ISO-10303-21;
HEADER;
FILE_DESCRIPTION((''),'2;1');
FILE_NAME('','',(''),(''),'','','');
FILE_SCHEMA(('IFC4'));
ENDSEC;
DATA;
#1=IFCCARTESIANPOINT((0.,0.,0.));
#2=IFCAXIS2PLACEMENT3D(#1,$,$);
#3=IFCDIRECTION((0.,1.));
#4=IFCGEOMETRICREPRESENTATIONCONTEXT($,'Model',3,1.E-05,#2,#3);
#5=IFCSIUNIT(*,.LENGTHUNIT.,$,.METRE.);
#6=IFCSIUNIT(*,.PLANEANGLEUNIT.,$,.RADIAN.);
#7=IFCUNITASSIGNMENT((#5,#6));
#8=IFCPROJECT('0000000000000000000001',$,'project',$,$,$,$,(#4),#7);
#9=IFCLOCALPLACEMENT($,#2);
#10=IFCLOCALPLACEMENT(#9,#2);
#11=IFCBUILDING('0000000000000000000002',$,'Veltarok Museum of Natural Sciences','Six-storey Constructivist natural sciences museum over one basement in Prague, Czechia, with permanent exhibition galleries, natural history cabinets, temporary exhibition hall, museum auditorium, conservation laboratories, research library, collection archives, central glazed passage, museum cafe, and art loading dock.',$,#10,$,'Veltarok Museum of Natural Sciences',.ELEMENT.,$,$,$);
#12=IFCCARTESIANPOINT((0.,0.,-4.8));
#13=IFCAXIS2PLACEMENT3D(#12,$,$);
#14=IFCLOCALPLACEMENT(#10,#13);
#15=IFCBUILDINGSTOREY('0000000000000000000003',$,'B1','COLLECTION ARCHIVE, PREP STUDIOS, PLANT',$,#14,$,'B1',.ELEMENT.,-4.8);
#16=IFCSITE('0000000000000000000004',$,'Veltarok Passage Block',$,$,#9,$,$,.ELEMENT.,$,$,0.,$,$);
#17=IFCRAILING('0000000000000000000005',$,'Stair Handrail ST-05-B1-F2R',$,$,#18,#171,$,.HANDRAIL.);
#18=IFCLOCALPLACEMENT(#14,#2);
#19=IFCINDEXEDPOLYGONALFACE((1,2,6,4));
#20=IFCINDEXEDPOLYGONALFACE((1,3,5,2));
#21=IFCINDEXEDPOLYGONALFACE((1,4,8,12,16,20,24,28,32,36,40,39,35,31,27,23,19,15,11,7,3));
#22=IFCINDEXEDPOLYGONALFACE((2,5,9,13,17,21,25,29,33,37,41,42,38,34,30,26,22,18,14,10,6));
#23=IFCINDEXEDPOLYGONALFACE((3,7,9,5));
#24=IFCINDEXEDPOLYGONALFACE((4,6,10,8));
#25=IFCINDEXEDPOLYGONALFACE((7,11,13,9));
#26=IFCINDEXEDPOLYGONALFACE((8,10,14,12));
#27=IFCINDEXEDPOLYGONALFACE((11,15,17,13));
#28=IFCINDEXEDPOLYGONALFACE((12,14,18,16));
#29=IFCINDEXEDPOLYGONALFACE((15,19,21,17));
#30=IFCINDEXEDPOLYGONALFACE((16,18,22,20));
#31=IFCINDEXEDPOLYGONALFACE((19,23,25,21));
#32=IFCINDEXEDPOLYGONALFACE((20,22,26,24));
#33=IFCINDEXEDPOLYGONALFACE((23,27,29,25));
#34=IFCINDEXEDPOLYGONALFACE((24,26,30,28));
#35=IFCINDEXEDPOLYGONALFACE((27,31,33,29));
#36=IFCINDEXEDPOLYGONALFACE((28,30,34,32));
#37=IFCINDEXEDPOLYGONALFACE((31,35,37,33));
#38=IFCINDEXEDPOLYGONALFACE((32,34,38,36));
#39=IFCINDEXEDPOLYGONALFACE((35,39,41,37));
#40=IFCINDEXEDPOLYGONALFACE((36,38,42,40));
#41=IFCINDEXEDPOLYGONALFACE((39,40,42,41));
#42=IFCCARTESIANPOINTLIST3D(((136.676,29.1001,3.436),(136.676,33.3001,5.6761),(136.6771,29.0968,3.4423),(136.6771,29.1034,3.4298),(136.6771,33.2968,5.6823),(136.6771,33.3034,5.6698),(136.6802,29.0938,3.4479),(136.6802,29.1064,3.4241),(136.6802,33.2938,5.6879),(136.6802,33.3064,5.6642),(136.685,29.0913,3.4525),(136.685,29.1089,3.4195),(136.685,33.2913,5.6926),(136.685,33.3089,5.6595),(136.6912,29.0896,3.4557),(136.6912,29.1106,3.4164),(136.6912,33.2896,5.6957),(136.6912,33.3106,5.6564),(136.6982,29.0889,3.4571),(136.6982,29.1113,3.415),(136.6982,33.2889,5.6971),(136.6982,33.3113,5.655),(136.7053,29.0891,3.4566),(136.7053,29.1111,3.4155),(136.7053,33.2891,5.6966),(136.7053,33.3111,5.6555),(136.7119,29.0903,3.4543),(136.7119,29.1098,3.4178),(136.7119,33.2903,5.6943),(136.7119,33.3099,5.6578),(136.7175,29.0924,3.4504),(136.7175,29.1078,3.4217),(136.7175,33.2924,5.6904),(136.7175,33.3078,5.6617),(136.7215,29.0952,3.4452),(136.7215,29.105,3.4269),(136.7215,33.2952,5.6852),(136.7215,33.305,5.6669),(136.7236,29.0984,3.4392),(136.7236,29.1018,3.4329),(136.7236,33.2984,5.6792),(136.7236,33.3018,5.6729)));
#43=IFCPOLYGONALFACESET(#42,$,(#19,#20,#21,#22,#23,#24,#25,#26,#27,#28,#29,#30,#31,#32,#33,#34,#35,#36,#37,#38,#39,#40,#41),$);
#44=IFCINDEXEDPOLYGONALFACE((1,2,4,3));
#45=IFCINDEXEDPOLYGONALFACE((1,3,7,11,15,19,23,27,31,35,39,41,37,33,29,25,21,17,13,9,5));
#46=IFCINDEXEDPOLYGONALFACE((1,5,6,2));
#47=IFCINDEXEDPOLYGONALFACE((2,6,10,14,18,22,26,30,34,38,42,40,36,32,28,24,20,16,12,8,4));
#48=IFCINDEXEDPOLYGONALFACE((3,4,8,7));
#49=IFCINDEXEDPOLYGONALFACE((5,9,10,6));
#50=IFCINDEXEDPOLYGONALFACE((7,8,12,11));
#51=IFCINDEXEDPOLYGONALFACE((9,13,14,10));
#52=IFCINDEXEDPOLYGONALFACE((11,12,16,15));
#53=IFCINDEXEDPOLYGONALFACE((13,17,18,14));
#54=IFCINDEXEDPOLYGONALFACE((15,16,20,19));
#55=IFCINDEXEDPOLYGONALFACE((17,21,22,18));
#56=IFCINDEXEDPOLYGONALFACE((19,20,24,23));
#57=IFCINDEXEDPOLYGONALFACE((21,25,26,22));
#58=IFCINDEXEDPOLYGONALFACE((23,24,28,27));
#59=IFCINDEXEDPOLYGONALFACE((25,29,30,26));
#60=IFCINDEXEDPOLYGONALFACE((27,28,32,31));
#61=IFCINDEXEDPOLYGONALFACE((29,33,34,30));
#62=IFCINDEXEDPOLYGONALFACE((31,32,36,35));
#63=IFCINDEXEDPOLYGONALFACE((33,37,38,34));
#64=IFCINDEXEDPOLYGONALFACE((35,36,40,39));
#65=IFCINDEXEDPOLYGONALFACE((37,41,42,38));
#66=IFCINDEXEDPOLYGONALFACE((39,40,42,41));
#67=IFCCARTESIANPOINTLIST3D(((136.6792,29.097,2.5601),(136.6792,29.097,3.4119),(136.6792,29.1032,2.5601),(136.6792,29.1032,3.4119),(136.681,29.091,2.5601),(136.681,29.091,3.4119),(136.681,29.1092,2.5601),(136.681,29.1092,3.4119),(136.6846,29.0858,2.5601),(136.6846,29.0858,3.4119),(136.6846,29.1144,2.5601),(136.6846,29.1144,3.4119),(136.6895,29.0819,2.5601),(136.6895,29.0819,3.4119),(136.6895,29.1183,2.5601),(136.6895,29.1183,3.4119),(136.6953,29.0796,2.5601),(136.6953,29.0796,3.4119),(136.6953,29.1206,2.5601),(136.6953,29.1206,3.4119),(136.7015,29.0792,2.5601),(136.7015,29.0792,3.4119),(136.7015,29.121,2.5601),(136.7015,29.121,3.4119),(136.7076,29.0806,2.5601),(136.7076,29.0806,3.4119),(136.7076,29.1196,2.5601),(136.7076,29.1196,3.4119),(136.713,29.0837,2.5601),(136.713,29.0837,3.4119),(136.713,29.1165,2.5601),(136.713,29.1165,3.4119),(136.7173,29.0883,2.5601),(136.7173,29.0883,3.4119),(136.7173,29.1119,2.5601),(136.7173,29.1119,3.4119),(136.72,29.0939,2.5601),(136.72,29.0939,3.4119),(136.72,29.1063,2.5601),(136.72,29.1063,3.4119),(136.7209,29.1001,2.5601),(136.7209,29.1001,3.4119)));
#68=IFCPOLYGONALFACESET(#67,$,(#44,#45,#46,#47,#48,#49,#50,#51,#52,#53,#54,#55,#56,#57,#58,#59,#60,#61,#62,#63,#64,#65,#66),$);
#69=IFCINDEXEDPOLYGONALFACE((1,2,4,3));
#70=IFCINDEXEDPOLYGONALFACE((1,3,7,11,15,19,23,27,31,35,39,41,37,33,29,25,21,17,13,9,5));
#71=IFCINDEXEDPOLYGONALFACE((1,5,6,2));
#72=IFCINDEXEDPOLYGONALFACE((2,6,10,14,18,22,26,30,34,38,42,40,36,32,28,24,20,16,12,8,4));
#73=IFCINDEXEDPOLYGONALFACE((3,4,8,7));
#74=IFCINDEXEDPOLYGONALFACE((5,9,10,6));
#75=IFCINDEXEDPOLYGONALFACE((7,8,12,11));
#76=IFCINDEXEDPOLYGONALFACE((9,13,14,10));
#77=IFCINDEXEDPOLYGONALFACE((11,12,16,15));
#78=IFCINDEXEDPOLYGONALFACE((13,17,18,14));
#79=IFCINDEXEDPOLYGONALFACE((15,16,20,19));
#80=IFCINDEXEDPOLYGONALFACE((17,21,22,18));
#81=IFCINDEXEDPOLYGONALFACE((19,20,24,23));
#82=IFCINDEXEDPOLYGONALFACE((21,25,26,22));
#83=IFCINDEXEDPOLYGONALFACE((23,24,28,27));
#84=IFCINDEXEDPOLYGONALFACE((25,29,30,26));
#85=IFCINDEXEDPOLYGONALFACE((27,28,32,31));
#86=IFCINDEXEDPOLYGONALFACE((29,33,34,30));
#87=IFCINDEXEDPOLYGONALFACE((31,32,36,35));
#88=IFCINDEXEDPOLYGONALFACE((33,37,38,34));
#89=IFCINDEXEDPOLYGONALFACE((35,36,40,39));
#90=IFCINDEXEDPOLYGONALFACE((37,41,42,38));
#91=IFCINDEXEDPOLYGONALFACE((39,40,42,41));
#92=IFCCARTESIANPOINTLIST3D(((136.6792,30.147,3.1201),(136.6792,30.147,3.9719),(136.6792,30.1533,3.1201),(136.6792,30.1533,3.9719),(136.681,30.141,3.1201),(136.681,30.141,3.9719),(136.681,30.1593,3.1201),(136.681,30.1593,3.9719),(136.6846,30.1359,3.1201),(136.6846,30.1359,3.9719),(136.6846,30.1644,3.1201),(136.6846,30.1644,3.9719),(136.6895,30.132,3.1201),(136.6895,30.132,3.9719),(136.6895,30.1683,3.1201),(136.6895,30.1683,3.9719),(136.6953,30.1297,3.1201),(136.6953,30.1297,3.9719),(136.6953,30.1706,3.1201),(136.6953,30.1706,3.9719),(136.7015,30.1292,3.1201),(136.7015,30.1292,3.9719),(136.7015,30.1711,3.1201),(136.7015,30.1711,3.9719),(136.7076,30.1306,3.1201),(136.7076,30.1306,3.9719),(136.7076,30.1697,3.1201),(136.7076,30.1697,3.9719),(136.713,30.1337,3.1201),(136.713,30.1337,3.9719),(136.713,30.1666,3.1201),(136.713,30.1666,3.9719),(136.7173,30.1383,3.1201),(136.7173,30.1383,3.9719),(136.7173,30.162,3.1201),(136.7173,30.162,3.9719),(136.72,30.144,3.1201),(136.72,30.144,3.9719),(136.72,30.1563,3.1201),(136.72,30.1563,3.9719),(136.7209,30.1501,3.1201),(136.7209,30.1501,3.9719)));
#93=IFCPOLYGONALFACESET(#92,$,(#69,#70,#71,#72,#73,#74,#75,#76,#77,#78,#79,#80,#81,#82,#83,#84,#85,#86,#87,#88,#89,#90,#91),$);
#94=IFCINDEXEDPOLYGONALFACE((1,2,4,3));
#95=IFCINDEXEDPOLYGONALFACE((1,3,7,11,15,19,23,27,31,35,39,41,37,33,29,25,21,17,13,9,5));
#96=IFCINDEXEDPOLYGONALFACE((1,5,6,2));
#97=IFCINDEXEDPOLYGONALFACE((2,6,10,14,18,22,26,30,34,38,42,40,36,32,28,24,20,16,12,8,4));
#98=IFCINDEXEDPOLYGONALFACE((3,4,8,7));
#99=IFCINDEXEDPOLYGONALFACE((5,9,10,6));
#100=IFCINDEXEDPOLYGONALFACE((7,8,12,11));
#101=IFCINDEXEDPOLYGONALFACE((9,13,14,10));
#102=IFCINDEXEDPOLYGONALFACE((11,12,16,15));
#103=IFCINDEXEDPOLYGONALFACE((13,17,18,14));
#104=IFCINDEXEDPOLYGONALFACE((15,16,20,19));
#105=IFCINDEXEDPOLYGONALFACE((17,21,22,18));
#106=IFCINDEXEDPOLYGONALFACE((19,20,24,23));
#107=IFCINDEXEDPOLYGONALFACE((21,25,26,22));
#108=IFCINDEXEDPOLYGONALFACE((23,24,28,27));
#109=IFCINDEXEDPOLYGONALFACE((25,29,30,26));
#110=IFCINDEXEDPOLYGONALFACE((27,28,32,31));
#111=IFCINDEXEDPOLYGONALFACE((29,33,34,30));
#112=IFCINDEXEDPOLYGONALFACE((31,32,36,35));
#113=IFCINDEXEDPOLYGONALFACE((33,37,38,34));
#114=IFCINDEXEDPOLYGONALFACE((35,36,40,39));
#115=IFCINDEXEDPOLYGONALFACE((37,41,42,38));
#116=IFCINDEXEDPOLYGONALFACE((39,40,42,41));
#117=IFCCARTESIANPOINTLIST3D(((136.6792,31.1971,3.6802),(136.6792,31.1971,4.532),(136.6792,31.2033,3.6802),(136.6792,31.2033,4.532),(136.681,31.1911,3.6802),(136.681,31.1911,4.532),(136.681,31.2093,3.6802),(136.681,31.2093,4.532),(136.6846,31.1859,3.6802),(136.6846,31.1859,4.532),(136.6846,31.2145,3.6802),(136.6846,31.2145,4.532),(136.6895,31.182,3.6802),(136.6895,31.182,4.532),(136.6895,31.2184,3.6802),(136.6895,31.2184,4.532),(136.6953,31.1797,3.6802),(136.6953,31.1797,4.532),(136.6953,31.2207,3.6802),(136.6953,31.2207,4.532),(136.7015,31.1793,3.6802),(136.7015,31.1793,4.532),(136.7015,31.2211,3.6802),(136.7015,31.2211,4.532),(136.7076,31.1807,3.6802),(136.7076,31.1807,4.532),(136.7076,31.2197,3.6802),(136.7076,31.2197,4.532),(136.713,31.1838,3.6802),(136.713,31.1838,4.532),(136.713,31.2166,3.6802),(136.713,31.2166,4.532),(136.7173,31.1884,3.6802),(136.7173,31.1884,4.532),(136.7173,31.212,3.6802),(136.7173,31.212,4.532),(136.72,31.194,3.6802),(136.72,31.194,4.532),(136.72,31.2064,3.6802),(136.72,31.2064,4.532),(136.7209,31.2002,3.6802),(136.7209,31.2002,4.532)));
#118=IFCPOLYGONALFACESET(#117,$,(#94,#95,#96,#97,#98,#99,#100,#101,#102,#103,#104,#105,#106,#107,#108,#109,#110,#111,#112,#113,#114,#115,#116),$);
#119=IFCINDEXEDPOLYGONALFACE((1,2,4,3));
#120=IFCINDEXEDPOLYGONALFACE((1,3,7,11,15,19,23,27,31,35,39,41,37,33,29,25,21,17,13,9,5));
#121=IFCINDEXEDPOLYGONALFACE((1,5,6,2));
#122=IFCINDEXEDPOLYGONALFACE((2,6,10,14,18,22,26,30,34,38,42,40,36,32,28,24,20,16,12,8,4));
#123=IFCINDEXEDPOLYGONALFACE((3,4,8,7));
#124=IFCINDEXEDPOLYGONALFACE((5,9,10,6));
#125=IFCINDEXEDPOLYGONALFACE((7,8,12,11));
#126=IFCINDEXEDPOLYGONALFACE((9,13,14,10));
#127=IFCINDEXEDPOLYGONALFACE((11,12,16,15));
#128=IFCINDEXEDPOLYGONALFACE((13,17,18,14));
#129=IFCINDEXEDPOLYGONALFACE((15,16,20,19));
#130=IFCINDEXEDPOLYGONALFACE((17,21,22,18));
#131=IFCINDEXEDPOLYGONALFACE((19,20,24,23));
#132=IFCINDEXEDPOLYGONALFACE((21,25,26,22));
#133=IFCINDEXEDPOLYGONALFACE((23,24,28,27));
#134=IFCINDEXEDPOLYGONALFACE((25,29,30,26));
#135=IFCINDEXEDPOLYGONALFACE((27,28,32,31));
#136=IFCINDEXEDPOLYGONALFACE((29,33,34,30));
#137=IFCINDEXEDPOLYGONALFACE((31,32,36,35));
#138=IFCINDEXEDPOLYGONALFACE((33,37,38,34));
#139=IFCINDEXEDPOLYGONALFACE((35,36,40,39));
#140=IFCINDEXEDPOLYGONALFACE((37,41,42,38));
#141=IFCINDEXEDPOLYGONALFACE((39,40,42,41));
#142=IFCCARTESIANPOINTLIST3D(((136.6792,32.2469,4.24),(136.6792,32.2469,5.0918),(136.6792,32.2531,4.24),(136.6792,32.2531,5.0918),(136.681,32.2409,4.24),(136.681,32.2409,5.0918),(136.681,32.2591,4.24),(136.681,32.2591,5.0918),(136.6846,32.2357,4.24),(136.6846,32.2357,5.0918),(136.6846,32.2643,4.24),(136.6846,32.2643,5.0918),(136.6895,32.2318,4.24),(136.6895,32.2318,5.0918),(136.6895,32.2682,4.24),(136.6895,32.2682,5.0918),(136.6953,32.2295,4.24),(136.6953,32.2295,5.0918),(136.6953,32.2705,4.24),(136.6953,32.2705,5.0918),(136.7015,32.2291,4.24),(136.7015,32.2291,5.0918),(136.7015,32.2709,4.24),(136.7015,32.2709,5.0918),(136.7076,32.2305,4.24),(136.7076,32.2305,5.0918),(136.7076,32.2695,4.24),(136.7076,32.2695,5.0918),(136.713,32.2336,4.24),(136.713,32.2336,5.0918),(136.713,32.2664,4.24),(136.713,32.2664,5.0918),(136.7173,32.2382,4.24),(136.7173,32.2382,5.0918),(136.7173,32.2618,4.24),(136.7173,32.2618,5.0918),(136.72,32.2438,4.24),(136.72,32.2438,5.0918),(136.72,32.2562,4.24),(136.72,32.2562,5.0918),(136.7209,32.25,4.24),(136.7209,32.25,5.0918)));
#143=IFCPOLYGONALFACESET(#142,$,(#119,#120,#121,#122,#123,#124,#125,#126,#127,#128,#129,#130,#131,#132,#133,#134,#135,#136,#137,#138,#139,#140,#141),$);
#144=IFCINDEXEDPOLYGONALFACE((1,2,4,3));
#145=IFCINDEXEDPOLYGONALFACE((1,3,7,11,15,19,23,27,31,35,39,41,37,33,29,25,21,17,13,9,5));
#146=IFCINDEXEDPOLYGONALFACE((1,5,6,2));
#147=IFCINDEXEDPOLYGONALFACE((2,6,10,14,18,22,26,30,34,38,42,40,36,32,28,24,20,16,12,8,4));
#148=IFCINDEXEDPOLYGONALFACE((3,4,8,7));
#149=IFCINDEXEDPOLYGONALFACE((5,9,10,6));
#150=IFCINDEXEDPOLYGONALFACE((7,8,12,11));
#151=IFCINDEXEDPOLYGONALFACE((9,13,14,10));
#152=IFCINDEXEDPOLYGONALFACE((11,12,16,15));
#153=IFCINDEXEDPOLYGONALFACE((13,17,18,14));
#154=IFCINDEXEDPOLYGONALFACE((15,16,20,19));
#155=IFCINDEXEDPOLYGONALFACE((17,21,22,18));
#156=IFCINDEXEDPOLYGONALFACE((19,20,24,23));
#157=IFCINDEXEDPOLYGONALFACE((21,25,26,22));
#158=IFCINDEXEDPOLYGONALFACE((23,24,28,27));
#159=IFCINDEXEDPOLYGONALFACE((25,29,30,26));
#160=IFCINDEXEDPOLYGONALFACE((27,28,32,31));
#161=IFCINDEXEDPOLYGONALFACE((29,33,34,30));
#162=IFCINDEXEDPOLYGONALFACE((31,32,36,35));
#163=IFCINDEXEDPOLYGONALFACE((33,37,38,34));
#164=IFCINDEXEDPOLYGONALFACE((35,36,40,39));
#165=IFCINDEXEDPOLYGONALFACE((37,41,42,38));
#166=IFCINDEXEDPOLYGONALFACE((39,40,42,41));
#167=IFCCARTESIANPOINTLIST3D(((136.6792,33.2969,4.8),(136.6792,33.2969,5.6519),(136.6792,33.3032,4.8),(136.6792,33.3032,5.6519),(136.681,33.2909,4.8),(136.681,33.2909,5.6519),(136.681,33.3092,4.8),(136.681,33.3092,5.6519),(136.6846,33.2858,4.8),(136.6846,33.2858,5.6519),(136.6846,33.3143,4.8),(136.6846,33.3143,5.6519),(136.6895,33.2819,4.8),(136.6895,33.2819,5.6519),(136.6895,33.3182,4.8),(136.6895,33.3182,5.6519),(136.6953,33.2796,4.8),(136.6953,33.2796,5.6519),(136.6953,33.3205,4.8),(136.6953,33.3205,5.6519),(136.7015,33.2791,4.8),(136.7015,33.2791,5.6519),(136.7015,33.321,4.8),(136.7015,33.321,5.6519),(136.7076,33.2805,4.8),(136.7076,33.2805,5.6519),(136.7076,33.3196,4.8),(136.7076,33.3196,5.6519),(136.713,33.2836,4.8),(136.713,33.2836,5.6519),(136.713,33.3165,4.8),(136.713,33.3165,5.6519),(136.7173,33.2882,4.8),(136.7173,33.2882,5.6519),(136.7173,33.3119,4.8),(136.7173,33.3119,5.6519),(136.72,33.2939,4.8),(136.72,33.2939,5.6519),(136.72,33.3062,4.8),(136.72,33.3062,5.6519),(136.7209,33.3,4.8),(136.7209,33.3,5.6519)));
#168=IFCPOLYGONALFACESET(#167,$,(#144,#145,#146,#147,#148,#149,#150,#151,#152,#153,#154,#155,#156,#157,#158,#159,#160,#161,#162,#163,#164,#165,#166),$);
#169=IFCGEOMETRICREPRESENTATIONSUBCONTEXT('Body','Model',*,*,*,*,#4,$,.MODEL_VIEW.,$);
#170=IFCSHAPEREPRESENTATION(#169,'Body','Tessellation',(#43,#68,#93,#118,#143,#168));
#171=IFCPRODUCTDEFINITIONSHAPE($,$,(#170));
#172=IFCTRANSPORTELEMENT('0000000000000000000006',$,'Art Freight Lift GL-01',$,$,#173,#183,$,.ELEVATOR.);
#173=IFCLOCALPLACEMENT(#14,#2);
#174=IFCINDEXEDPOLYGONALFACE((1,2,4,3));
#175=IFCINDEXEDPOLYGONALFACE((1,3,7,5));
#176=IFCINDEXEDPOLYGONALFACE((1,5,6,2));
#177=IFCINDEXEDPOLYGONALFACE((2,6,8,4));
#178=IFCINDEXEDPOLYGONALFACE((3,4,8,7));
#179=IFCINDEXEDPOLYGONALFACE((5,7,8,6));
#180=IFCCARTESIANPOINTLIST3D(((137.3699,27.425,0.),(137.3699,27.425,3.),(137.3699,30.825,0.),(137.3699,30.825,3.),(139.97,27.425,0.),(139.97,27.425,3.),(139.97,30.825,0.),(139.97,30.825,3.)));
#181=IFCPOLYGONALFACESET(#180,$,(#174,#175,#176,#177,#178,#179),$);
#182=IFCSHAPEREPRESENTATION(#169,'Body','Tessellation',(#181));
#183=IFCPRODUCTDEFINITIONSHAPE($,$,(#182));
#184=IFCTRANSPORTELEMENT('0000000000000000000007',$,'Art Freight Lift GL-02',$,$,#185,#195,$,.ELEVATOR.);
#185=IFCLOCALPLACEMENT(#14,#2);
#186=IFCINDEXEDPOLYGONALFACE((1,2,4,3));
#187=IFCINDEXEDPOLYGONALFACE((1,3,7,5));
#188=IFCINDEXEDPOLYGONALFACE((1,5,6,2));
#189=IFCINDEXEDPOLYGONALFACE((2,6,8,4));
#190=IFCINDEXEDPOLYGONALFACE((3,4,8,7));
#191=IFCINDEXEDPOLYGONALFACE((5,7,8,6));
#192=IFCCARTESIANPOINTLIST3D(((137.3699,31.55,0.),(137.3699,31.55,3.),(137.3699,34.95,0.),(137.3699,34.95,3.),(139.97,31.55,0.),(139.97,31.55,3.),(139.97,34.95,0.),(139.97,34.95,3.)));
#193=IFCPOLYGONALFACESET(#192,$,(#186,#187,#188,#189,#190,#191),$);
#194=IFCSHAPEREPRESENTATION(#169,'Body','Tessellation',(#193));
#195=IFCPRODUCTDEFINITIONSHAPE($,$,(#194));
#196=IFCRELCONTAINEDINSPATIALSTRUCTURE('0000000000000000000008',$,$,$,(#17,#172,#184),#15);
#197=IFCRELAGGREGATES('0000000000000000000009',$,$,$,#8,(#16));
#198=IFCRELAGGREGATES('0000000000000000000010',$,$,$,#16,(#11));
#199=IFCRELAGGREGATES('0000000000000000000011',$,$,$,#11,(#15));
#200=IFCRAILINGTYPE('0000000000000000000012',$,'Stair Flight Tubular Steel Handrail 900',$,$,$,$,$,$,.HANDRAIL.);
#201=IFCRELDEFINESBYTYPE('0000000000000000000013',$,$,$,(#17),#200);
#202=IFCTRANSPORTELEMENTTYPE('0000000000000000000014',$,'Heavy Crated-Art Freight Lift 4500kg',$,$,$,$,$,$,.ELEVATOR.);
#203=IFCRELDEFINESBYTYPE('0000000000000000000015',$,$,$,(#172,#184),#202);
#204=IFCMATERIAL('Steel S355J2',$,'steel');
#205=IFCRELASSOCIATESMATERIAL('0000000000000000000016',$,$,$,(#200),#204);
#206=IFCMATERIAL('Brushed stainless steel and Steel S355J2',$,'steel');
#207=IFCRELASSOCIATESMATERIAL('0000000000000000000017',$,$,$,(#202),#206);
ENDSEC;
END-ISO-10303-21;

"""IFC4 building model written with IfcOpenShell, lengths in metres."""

from ifc_helpers import new_model, si_unit, direction, frame, origin, origin_2d, place, context, subcontext, project, spatial, rectangle, circle, extrude, material, type_object, element, save


model = new_model("IFC4")

# Units and contexts
model_context = context("Model", 3, precision=1e-05, world=origin(), true_north=direction((0.0, 1.0)))
body_context = subcontext(model_context, "Body", "Model", "MODEL_VIEW")
ifc_project = project(units=[si_unit("LENGTHUNIT", "METRE"), si_unit("PLANEANGLEUNIT", "RADIAN")], contexts=[model_context])

# Site, building, storey
site_placement = place(None, origin())
site = spatial("IfcSite", under=ifc_project, at=site_placement, Name="Veltarok Passage Block", CompositionType="ELEMENT", RefElevation=0.0)
building_placement = place(site_placement, origin())
building = spatial("IfcBuilding", under=site, at=building_placement, Name="Veltarok Museum of Natural Sciences", Description="Six-storey Constructivist natural sciences museum over one basement in Prague, Czechia, with permanent exhibition galleries, natural history cabinets, temporary exhibition hall, museum auditorium, conservation laboratories, research library, collection archives, central glazed passage, museum cafe, and art loading dock.", LongName="Veltarok Museum of Natural Sciences", CompositionType="ELEMENT")
storey_placement = place(building_placement, frame((0.0, 0.0, -4.8)))
storey = spatial("IfcBuildingStorey", under=building, at=storey_placement, Name="B1", Description="COLLECTION ARCHIVE, PREP STUDIOS, PLANT", LongName="B1", CompositionType="ELEMENT", Elevation=-4.8)

# Shared definitions
ifc_material_1 = material(Name="Steel S355J2", Category="steel")

# Railing
railing_type_1 = type_object("IfcRailingType", Name="Stair Flight Tubular Steel Handrail 900", PredefinedType="HANDRAIL", material=ifc_material_1)
for number, where, name in (
    (1, (136.7, 29.1001, 2.5601), "Stair Handrail ST-05-B1-F2R"),
):
    element("IfcRailing", number, at=place(storey_placement, frame(where)), inside=storey, type_object=railing_type_1, Name=name, PredefinedType="HANDRAIL", context=body_context, shape_type="SweptSolid", body=[
        extrude(circle(Radius=0.0239, at=origin_2d()), frame((0.0, 0.0, 0.876), z_axis=(0.0, 0.882352, 0.470591), x_axis=(-1.0, 0.0, 0.0)), (0.0, 0.0, 1.0), 4.76),
        extrude(circle(Radius=0.021, at=origin_2d()), origin(), (0.0, 0.0, 1.0), 0.8518),
        extrude(circle(Radius=0.021, at=origin_2d()), frame((0.0, 1.05, 0.5601)), (0.0, 0.0, 1.0), 0.8518),
        extrude(circle(Radius=0.021, at=origin_2d()), frame((0.0, 2.1001, 1.1201)), (0.0, 0.0, 1.0), 0.8518),
        extrude(circle(Radius=0.021, at=origin_2d()), frame((0.0, 3.1499, 1.6799)), (0.0, 0.0, 1.0), 0.8518),
        extrude(circle(Radius=0.021, at=origin_2d()), frame((0.0, 4.2, 2.24)), (0.0, 0.0, 1.0), 0.8518),
    ])

# Transport elements
ifc_material_2 = material(Name="Brushed stainless steel and Steel S355J2", Category="steel")
transport_element_type = type_object("IfcTransportElementType", Name="Heavy Crated-Art Freight Lift 4500kg", PredefinedType="ELEVATOR", material=ifc_material_2)
for number, where, z_axis, x_axis, name in (
    (2, (138.6699, 29.125, 0.0), (0.0, 0.0, 1.0), (1.0, 0.0, 0.0), "Art Freight Lift GL-01"),
    (3, (138.6699, 33.25, 0.0), (0.0, 0.0, 1.0), (1.0, 0.0, 0.0), "Art Freight Lift GL-02"),
):
    element("IfcTransportElement", number, at=place(storey_placement, frame(where, z_axis=z_axis, x_axis=x_axis)), inside=storey, type_object=transport_element_type, Name=name, PredefinedType="ELEVATOR", context=body_context, shape_type="SweptSolid", body=[
        extrude(rectangle(XDim=2.6001, YDim=3.3999, at=origin_2d()), origin(), (0.0, 0.0, 1.0), 3.0),
    ])

save(model, "model.ifc")
